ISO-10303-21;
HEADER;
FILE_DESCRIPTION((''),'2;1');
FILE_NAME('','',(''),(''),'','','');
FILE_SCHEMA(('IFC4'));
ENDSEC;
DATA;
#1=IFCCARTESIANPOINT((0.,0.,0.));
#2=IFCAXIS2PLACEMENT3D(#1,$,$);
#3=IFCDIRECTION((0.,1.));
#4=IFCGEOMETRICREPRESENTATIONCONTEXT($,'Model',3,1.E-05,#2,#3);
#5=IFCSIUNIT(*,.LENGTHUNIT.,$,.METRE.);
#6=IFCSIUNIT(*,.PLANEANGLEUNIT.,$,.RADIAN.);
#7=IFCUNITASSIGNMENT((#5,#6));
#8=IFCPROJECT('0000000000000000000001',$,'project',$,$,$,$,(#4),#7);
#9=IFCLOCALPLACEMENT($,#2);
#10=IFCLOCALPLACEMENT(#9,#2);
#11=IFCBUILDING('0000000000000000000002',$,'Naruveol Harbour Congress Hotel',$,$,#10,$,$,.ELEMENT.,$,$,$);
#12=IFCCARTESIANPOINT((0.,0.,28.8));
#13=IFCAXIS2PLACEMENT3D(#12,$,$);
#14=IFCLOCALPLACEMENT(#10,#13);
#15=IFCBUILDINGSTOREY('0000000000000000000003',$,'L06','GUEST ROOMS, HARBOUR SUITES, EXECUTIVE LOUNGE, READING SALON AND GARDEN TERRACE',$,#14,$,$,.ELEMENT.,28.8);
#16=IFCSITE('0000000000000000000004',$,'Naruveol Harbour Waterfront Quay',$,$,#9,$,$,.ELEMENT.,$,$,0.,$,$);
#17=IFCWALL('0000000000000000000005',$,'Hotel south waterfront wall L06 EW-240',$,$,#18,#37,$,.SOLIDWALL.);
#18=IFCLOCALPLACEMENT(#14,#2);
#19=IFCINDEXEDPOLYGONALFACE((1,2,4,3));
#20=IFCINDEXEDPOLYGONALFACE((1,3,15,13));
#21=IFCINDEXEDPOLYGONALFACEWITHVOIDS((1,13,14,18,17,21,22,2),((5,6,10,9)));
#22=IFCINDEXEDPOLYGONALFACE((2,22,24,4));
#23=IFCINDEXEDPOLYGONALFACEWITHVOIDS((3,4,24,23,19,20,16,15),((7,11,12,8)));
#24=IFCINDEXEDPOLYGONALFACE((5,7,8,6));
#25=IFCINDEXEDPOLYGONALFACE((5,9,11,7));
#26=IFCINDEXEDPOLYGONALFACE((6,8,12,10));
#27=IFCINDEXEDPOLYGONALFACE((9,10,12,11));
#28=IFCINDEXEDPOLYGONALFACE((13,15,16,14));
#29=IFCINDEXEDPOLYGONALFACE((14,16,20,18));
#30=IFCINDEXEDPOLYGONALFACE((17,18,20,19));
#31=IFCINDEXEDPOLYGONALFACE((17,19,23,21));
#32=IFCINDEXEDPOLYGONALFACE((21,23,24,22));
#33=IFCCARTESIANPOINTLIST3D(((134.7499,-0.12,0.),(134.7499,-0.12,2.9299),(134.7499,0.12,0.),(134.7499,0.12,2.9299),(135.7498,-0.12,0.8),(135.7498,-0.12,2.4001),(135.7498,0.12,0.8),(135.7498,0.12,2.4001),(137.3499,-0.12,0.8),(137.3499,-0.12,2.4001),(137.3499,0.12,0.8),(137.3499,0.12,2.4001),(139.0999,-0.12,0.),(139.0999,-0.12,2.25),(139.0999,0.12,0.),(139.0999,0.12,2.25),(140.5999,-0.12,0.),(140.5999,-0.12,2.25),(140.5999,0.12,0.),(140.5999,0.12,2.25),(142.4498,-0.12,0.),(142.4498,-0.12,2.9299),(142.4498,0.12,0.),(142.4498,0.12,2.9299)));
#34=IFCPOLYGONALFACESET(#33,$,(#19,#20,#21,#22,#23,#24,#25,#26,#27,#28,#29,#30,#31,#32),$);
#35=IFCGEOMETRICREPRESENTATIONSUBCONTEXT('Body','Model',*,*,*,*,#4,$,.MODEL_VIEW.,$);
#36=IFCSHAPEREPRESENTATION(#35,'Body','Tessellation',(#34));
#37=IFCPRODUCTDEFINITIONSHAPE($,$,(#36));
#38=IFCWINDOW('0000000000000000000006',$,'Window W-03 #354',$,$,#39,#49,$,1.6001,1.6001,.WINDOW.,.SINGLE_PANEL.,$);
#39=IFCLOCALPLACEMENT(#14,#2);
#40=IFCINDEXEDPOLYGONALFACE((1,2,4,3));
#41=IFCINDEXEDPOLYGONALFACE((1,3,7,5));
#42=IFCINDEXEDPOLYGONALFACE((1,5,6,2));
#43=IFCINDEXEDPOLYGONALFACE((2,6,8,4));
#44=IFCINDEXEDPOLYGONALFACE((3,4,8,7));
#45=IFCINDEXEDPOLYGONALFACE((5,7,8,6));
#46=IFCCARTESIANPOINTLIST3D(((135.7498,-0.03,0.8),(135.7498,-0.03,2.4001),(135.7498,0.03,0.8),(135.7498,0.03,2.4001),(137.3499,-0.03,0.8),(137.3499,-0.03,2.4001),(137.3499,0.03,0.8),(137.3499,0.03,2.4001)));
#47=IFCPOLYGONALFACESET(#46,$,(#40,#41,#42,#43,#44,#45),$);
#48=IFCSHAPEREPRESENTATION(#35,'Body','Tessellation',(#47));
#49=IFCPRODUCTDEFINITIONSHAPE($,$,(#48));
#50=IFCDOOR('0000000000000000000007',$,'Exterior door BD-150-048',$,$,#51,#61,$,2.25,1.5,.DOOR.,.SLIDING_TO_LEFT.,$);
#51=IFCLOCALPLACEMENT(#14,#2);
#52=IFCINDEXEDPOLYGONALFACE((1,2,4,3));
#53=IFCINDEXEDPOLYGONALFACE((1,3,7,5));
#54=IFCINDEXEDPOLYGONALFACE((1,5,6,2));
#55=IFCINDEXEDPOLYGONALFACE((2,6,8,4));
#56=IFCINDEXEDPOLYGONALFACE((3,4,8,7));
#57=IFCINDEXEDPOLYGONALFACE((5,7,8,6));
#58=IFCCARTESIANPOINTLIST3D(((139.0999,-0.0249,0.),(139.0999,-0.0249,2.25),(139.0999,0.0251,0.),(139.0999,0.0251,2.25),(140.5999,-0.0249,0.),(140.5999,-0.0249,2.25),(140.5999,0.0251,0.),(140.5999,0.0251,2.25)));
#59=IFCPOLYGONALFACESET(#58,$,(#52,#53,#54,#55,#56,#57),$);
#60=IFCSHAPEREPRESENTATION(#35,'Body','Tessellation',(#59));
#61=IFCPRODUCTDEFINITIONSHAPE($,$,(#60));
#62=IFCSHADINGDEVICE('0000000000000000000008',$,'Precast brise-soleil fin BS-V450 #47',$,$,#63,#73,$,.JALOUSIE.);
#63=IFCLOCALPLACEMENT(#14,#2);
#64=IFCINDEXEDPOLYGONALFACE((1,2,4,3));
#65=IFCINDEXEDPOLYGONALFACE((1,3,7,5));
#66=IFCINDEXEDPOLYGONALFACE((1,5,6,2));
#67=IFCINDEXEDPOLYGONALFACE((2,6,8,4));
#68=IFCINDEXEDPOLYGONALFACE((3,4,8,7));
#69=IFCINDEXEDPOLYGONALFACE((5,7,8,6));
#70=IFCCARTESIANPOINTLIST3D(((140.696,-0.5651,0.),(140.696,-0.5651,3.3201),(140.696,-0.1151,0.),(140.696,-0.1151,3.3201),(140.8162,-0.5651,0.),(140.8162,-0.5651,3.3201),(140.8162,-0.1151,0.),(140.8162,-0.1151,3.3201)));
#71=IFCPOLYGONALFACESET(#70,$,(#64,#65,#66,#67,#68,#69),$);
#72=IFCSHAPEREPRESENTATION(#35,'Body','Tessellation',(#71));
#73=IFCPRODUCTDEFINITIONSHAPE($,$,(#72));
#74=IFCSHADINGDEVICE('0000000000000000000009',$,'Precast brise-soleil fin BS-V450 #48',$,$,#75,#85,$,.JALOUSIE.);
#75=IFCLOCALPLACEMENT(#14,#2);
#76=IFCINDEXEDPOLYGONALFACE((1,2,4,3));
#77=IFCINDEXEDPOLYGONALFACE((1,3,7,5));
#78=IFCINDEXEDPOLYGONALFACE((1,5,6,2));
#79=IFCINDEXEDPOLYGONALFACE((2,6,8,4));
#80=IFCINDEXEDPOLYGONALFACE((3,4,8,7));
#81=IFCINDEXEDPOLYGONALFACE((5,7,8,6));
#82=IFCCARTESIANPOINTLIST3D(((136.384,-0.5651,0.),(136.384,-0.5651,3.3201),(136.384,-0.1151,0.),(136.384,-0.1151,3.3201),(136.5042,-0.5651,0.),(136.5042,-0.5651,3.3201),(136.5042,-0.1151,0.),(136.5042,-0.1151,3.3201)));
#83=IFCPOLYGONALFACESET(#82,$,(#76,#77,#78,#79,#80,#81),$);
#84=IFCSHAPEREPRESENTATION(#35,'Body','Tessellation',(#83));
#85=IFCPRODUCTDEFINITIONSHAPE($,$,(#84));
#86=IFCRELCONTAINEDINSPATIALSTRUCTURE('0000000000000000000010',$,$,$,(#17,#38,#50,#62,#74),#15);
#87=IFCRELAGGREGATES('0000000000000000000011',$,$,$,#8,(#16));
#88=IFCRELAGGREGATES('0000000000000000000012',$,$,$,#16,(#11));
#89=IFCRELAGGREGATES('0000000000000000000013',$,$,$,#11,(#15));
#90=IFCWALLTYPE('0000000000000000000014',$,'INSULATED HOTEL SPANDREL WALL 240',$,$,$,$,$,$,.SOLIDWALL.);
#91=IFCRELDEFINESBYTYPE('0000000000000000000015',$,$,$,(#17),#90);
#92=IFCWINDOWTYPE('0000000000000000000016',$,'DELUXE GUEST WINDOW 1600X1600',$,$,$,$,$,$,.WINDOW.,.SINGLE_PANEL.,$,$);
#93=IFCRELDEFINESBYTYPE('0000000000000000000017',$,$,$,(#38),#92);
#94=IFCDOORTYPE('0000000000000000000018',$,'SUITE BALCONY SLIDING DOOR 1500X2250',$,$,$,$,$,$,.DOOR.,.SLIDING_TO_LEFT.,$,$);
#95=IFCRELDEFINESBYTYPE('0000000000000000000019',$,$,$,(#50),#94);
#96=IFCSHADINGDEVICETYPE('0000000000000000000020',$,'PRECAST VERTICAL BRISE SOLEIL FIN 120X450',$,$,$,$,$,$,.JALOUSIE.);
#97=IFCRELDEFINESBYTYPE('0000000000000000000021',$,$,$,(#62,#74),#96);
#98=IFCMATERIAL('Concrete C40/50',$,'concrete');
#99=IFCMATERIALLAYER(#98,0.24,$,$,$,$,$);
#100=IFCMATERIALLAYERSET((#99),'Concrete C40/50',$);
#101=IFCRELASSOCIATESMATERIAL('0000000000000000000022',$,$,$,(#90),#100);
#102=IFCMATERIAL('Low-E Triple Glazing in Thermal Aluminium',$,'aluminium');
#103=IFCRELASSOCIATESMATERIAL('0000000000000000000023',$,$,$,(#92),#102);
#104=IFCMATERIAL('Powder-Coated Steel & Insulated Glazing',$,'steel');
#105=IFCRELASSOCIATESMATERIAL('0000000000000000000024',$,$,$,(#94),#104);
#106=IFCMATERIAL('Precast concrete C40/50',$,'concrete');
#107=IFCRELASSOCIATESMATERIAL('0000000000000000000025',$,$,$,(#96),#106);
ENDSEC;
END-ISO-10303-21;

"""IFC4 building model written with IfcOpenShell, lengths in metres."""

from ifc_helpers import new_model, si_unit, direction, frame, frame_2d, origin, origin_2d, place, context, subcontext, project, spatial, rectangle, extrude, material, layer, layer_set, type_object, element, fill, save


model = new_model("IFC4")

# Units and contexts
model_context = context("Model", 3, precision=1e-05, world=origin(), true_north=direction((0.0, 1.0)))
body_context = subcontext(model_context, "Body", "Model", "MODEL_VIEW")
ifc_project = project(units=[si_unit("LENGTHUNIT", "METRE"), si_unit("PLANEANGLEUNIT", "RADIAN")], contexts=[model_context])

# Site, building, storey
site_placement = place(None, origin())
site = spatial("IfcSite", under=ifc_project, at=site_placement, Name="Naruveol Harbour Waterfront Quay", CompositionType="ELEMENT", RefElevation=0.0)
building_placement = place(site_placement, origin())
building = spatial("IfcBuilding", under=site, at=building_placement, Name="Naruveol Harbour Congress Hotel", CompositionType="ELEMENT")
storey_placement = place(building_placement, frame((0.0, 0.0, 28.8)))
storey = spatial("IfcBuildingStorey", under=building, at=storey_placement, Name="L06", Description="GUEST ROOMS, HARBOUR SUITES, EXECUTIVE LOUNGE, READING SALON AND GARDEN TERRACE", CompositionType="ELEMENT", Elevation=28.8)

# Wall, openings, window, door
ifc_material_1 = material(Name="Concrete C40/50", Category="concrete")
ifc_layer_1 = layer(ifc_material_1, 0.24)
ifc_layer_set_1 = layer_set([ifc_layer_1], Name="Concrete C40/50")
wall_type_1 = type_object("IfcWallType", Name="INSULATED HOTEL SPANDREL WALL 240", PredefinedType="SOLIDWALL", material=ifc_layer_set_1)
wall_1_placement = place(storey_placement, frame((142.45, 0.0, 0.0), z_axis=(0.0, 0.0, 1.0), x_axis=(-1.0, 0.0, 0.0)))
wall_1 = element("IfcWall", 1, at=wall_1_placement, inside=storey, type_object=wall_type_1, Name="Hotel south waterfront wall L06 EW-240", PredefinedType="SOLIDWALL", context=body_context, shape_type="SweptSolid", body=[
    extrude(rectangle(XDim=7.7, YDim=0.24, at=frame_2d((3.8501, 0.0))), origin(), (0.0, 0.0, 1.0), 2.9299),
])
opening_1_placement = place(wall_1_placement, frame((1.8501, 0.0, 0.0)))
opening_1 = element("IfcOpeningElement", 2, at=opening_1_placement, cuts=wall_1, PredefinedType="OPENING", context=body_context, shape_type="SweptSolid", body=[
    extrude(rectangle(XDim=1.5, YDim=2.25, at=frame_2d((0.75, 1.125))), frame((0.0, 0.1299, 0.0), z_axis=(0.0, -1.0, 0.0), x_axis=(1.0, 0.0, 0.0)), (0.0, 0.0, 1.0), 0.26),
])
opening_2_placement = place(wall_1_placement, frame((5.1001, 0.0, 0.8)))
opening_2 = element("IfcOpeningElement", 3, at=opening_2_placement, cuts=wall_1, PredefinedType="OPENING", context=body_context, shape_type="SweptSolid", body=[
    extrude(rectangle(XDim=1.6001, YDim=1.6001, at=frame_2d((0.8, 0.8))), frame((0.0, 0.1299, 0.0), z_axis=(0.0, -1.0, 0.0), x_axis=(1.0, 0.0, 0.0)), (0.0, 0.0, 1.0), 0.26),
])
ifc_material_2 = material(Name="Low-E Triple Glazing in Thermal Aluminium", Category="aluminium")
window_type = type_object("IfcWindowType", Name="DELUXE GUEST WINDOW 1600X1600", PartitioningType="SINGLE_PANEL", PredefinedType="WINDOW", material=ifc_material_2)
window_placement = place(opening_2_placement, origin())
window = element("IfcWindow", 4, at=window_placement, inside=storey, type_object=window_type, Name="Window W-03 #354", OverallHeight=1.6001, OverallWidth=1.6001, PartitioningType="SINGLE_PANEL", PredefinedType="WINDOW", context=body_context, shape_type="SweptSolid", body=[
    extrude(rectangle(XDim=1.6001, YDim=1.6001, at=frame_2d((0.8, 0.8))), frame((0.0, 0.03, 0.0), z_axis=(0.0, -1.0, 0.0), x_axis=(1.0, 0.0, 0.0)), (0.0, 0.0, 1.0), 0.0601),
])
fill(opening_2, window)
ifc_material_3 = material(Name="Powder-Coated Steel & Insulated Glazing", Category="steel")
door_type_1 = type_object("IfcDoorType", Name="SUITE BALCONY SLIDING DOOR 1500X2250", OperationType="SLIDING_TO_LEFT", PredefinedType="DOOR", material=ifc_material_3)
door_1_placement = place(opening_1_placement, origin())
door_1 = element("IfcDoor", 5, at=door_1_placement, inside=storey, type_object=door_type_1, Name="Exterior door BD-150-048", OperationType="SLIDING_TO_LEFT", OverallHeight=2.25, OverallWidth=1.5, PredefinedType="DOOR", context=body_context, shape_type="SweptSolid", body=[
    extrude(rectangle(XDim=1.5, YDim=2.25, at=frame_2d((0.75, 1.125))), frame((0.0, 0.0249, 0.0), z_axis=(0.0, -1.0, 0.0), x_axis=(1.0, 0.0, 0.0)), (0.0, 0.0, 1.0), 0.05),
])
fill(opening_1, door_1)

# Shading devices
ifc_material_4 = material(Name="Precast concrete C40/50", Category="concrete")
shading_device_type = type_object("IfcShadingDeviceType", Name="PRECAST VERTICAL BRISE SOLEIL FIN 120X450", PredefinedType="JALOUSIE", material=ifc_material_4)
for number, where, z_axis, x_axis, name in (
    (6, (140.7561, -0.3401, 0.0), (0.0, 0.0, 1.0), (-1.0, 0.0, 0.0), "Precast brise-soleil fin BS-V450 #47"),
    (7, (136.4441, -0.3401, 0.0), (0.0, 0.0, 1.0), (-1.0, 0.0, 0.0), "Precast brise-soleil fin BS-V450 #48"),
):
    element("IfcShadingDevice", number, at=place(storey_placement, frame(where, z_axis=z_axis, x_axis=x_axis)), inside=storey, type_object=shading_device_type, Name=name, PredefinedType="JALOUSIE", context=body_context, shape_type="SweptSolid", body=[
        extrude(rectangle(XDim=0.1201, YDim=0.45, at=origin_2d()), origin(), (0.0, 0.0, 1.0), 3.3201),
    ])

save(model, "model.ifc")
